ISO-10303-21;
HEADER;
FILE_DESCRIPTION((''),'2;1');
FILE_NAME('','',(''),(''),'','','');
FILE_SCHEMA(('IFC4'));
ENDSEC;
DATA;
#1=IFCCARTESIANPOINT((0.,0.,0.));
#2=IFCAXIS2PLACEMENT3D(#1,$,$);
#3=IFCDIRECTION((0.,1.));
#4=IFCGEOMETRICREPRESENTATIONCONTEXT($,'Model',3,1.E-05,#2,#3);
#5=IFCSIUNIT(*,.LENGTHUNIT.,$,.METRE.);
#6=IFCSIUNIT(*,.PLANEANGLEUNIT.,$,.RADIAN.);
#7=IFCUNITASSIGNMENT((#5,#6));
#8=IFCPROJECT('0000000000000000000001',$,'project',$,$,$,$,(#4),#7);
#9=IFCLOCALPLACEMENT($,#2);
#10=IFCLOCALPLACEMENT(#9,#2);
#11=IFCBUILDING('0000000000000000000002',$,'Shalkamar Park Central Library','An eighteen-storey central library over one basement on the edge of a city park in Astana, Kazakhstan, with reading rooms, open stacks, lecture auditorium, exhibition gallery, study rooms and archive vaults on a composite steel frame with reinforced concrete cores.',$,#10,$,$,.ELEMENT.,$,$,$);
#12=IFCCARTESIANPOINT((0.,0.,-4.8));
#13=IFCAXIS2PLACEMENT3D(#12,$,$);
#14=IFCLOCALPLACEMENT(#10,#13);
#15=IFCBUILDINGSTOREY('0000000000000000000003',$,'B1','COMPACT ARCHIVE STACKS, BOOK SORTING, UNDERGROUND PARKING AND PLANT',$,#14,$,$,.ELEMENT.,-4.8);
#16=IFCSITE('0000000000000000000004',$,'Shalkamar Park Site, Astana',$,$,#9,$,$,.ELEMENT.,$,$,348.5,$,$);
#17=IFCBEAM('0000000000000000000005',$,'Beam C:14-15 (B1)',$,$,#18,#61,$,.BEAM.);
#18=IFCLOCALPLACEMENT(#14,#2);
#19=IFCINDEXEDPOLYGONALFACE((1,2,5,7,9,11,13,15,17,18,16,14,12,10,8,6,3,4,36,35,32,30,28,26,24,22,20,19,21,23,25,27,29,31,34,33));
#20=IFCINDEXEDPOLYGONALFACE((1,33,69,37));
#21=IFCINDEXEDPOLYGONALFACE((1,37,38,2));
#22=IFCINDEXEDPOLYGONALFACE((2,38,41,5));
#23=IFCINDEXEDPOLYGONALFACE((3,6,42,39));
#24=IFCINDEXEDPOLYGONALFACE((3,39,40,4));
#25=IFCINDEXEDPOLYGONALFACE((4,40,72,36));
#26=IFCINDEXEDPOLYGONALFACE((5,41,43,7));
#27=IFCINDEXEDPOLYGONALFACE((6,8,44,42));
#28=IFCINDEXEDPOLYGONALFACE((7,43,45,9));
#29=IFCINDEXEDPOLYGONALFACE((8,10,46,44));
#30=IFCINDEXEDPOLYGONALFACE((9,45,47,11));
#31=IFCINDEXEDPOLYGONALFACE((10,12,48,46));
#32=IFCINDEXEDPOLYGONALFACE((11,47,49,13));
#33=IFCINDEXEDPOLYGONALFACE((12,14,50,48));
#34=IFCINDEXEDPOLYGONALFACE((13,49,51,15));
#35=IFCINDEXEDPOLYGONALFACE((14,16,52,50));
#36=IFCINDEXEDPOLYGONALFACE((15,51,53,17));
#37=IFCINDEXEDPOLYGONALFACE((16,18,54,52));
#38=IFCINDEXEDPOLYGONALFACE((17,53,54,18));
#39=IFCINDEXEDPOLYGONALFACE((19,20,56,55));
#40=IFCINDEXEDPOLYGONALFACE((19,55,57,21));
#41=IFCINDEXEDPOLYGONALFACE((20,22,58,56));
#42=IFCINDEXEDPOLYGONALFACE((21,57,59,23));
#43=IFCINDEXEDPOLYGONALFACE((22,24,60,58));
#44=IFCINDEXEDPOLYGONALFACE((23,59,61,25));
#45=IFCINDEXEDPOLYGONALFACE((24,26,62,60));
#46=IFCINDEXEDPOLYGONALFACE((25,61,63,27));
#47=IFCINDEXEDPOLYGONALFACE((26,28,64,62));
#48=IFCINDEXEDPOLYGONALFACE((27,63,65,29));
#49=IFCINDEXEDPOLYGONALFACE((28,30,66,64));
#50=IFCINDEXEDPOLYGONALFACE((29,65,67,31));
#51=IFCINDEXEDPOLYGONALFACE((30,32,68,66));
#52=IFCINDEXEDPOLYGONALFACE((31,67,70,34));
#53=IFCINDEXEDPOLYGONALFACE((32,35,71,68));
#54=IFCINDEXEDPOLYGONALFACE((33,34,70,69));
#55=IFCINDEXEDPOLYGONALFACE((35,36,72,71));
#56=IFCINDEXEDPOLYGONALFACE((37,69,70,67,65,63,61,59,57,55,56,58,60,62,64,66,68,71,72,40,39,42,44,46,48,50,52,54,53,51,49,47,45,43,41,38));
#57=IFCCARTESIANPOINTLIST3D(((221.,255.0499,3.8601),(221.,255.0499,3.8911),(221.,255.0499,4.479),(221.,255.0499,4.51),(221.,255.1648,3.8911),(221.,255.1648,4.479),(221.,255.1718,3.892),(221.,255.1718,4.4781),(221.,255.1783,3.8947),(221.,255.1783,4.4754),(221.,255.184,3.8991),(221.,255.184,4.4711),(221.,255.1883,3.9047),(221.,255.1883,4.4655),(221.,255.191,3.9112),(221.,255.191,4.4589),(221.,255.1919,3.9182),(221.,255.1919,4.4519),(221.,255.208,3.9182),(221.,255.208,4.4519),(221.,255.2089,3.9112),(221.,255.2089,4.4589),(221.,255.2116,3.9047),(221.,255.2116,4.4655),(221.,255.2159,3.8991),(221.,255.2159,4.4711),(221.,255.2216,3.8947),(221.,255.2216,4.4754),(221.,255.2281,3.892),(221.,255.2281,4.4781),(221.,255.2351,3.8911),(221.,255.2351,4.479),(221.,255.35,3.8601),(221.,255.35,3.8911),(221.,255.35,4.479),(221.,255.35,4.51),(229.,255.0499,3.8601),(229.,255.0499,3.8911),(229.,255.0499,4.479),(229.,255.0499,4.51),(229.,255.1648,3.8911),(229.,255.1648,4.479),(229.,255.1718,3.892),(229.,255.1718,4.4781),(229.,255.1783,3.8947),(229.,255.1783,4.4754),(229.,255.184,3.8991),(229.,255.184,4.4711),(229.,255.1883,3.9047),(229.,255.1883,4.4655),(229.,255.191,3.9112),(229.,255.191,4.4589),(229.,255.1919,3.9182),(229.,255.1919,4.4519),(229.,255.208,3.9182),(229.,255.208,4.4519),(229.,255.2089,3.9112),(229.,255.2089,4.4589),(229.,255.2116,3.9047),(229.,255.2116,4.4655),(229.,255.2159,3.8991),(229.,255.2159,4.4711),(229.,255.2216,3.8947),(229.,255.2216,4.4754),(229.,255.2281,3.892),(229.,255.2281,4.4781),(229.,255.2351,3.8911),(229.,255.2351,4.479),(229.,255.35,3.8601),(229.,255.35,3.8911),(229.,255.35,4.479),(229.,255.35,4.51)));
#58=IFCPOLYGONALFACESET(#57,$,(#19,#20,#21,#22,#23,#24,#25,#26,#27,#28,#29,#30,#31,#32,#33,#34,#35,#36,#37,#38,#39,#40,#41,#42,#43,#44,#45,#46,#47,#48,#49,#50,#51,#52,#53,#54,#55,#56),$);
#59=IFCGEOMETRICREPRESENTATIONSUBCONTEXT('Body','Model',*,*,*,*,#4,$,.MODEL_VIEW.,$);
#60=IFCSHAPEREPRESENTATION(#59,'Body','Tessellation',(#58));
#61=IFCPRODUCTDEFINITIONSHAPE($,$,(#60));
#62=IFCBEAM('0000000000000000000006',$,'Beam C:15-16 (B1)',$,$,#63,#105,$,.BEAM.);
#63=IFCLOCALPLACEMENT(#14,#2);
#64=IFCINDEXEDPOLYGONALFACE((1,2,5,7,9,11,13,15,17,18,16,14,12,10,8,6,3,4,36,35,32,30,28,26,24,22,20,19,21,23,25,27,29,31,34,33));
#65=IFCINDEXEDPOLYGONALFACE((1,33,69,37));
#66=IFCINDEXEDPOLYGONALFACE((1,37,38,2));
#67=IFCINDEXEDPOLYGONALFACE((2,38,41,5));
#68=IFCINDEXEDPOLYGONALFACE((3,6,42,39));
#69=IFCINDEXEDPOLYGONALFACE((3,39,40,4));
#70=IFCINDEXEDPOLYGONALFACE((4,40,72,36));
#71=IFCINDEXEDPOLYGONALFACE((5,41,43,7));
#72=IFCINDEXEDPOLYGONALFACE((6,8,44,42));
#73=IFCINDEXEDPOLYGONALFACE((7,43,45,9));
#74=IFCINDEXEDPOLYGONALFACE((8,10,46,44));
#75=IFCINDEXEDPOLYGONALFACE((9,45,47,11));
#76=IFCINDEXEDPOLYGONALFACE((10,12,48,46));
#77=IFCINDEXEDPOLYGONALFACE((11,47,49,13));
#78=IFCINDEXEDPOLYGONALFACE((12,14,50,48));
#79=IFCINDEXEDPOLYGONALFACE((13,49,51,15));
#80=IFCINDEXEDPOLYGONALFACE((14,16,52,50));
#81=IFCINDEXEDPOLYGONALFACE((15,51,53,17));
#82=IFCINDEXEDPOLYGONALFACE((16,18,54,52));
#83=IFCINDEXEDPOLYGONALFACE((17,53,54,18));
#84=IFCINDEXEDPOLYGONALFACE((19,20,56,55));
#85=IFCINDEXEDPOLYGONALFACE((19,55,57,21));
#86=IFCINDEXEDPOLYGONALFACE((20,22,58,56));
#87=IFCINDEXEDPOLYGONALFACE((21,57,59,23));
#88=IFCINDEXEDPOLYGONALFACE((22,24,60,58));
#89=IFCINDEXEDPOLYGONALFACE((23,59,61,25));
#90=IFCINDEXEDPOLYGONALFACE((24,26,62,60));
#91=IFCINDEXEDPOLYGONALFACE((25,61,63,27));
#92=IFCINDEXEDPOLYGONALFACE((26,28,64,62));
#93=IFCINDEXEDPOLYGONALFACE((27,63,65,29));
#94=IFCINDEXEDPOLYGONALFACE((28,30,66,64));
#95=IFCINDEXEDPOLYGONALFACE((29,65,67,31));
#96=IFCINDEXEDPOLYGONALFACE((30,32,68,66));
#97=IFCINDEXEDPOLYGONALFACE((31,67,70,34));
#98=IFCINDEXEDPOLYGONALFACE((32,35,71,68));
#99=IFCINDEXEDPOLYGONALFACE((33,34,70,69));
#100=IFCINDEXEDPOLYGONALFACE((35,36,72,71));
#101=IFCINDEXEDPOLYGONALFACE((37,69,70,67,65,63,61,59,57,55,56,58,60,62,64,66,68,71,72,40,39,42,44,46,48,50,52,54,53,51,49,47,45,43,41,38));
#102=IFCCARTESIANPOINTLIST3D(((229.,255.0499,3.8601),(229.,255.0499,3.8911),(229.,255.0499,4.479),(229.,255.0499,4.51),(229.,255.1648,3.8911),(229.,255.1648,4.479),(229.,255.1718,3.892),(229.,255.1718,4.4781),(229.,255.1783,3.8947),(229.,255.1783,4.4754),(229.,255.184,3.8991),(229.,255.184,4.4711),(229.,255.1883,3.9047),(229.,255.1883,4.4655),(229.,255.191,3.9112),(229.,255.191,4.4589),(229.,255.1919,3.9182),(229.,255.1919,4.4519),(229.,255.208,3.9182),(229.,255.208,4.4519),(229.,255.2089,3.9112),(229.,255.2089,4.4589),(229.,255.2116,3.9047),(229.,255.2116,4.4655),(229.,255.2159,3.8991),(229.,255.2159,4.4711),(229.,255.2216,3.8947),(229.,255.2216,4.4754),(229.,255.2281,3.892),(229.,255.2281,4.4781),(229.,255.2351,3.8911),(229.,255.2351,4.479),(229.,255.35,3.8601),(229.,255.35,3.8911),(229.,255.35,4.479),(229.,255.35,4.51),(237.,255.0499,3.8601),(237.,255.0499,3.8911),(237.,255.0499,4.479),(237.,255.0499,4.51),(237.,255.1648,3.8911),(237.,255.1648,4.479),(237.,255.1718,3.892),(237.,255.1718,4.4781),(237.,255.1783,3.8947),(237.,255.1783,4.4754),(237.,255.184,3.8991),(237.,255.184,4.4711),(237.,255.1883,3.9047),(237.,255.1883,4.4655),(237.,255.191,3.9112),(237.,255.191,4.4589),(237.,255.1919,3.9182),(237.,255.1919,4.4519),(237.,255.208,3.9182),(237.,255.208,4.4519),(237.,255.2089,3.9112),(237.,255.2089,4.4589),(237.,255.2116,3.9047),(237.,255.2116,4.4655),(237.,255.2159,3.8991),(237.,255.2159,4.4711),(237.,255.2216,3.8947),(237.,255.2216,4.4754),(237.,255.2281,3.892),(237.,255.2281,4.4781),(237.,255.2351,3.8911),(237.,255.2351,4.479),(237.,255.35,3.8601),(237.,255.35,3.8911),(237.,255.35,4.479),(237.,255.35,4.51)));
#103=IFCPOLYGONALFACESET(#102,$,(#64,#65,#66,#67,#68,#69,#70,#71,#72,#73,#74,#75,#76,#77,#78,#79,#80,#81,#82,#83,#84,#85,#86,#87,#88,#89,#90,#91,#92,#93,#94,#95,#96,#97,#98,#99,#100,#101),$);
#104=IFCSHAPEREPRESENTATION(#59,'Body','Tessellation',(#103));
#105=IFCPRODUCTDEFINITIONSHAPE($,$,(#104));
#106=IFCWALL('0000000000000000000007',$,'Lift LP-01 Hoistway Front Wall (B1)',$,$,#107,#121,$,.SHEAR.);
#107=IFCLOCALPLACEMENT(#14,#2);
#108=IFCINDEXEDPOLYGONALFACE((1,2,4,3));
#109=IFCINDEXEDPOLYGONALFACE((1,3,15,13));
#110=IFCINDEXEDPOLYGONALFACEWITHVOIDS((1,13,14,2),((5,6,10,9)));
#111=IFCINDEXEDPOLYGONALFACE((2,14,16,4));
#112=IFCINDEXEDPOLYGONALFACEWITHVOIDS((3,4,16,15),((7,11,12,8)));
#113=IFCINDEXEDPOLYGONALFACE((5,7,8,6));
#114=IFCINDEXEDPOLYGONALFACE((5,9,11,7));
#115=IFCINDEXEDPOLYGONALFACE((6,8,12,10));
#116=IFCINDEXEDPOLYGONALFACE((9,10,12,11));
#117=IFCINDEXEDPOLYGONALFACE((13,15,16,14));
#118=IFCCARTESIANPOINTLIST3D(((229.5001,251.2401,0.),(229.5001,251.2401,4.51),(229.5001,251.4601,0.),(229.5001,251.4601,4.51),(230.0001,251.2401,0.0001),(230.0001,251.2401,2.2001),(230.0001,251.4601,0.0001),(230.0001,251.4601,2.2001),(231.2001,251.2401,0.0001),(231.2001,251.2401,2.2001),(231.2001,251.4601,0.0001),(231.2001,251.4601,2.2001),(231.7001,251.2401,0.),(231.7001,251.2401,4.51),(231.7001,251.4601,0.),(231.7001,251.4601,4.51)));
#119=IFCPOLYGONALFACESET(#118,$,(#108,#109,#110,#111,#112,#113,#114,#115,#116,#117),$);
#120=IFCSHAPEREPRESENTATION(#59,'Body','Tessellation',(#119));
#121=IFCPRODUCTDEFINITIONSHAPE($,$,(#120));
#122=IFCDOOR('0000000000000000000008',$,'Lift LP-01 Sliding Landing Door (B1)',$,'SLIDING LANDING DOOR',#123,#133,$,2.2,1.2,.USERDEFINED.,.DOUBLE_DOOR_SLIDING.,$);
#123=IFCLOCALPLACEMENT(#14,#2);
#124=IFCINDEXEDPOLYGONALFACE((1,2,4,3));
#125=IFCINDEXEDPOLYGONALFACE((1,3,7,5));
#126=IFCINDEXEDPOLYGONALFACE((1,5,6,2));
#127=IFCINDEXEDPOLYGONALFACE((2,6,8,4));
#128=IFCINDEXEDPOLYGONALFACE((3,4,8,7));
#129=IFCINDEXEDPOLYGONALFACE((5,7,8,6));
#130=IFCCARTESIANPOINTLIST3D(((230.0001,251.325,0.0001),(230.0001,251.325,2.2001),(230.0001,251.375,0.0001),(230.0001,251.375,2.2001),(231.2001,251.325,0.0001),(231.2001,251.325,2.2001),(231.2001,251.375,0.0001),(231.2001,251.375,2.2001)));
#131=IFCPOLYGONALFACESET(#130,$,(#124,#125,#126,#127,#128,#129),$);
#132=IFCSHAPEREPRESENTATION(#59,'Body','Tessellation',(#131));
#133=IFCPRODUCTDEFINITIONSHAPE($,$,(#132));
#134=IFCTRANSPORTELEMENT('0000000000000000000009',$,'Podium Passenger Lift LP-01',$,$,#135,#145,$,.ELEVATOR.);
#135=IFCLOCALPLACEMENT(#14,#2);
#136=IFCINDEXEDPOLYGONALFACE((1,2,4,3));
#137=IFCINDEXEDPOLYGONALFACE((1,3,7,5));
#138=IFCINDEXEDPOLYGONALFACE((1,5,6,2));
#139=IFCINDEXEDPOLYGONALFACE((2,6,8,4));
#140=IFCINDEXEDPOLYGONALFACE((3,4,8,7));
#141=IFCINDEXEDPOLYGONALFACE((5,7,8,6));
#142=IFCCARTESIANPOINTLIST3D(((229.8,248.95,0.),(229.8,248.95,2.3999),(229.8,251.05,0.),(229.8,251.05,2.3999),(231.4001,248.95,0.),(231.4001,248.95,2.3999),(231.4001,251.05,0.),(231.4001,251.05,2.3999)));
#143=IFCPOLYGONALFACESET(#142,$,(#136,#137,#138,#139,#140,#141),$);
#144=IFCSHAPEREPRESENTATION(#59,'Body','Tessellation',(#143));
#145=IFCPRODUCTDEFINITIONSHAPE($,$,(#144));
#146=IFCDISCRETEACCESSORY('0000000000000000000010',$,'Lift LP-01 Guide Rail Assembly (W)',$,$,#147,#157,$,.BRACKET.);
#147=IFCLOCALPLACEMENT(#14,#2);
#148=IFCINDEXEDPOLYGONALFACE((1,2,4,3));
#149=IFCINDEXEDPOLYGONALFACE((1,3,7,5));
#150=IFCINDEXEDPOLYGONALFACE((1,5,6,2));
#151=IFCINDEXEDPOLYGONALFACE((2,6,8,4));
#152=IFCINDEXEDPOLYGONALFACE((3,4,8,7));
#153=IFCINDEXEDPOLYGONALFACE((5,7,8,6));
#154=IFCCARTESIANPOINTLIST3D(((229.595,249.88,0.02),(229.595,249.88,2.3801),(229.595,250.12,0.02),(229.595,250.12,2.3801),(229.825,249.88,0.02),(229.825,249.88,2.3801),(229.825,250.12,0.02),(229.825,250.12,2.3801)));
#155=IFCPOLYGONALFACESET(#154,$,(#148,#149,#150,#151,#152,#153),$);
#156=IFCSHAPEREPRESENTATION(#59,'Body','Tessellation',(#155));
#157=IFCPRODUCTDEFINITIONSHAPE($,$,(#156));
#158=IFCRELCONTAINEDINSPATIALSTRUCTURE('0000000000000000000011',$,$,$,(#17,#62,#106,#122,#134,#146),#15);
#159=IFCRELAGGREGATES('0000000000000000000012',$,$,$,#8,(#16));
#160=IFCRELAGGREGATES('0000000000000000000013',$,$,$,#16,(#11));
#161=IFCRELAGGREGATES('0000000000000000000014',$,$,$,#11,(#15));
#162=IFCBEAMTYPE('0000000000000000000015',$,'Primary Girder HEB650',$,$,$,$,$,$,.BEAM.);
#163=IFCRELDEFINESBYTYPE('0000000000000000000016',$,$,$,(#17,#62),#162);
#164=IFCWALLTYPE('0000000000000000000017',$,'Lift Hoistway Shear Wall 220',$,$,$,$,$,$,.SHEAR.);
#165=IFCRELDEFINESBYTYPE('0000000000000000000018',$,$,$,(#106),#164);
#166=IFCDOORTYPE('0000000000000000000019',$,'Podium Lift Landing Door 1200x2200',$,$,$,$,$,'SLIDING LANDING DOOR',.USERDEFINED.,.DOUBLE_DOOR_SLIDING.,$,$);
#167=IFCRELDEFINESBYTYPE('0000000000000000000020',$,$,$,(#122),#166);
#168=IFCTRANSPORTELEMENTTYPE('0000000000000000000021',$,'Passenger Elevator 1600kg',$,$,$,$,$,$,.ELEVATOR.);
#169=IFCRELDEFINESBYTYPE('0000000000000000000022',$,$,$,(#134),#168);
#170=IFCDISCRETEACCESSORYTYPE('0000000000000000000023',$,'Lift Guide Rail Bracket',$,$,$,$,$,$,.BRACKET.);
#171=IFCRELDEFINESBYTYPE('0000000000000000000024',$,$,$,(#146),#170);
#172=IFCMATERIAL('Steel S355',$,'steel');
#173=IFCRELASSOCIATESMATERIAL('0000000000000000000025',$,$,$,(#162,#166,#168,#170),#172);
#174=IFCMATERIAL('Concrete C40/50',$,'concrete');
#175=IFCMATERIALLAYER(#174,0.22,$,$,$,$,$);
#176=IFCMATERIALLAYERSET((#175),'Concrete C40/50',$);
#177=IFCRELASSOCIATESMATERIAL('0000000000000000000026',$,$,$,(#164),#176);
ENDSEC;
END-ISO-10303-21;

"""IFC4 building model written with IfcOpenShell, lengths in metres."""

from ifc_helpers import new_model, si_unit, direction, frame, frame_2d, origin, origin_2d, place, context, subcontext, project, spatial, rectangle, i_section, extrude, material, layer, layer_set, material_profile, profile_set, type_object, element, fill, save


model = new_model("IFC4")

# Units and contexts
model_context = context("Model", 3, precision=1e-05, world=origin(), true_north=direction((0.0, 1.0)))
body_context = subcontext(model_context, "Body", "Model", "MODEL_VIEW")
ifc_project = project(units=[si_unit("LENGTHUNIT", "METRE"), si_unit("PLANEANGLEUNIT", "RADIAN")], contexts=[model_context])

# Site, building, storey
site_placement = place(None, origin())
site = spatial("IfcSite", under=ifc_project, at=site_placement, Name="Shalkamar Park Site, Astana", CompositionType="ELEMENT", RefElevation=348.5)
building_placement = place(site_placement, origin())
building = spatial("IfcBuilding", under=site, at=building_placement, Name="Shalkamar Park Central Library", Description="An eighteen-storey central library over one basement on the edge of a city park in Astana, Kazakhstan, with reading rooms, open stacks, lecture auditorium, exhibition gallery, study rooms and archive vaults on a composite steel frame with reinforced concrete cores.", CompositionType="ELEMENT")
storey_placement = place(building_placement, frame((0.0, 0.0, -4.8)))
storey = spatial("IfcBuildingStorey", under=building, at=storey_placement, Name="B1", Description="COMPACT ARCHIVE STACKS, BOOK SORTING, UNDERGROUND PARKING AND PLANT", CompositionType="ELEMENT", Elevation=-4.8)

# Shared definitions
ifc_material_1 = material(Name="Concrete C40/50", Category="concrete")
ifc_material_2 = material(Name="Steel S355", Category="steel")

# Beams
ifc_material_profile_1 = material_profile(ifc_material_2, i_section(OverallWidth=0.3, OverallDepth=0.6499, WebThickness=0.0161, FlangeThickness=0.031, FilletRadius=0.0271, at=origin_2d()), Name="HEB 650")
ifc_profile_set_1 = profile_set([ifc_material_profile_1], Name="Steel S355")
beam_type_1 = type_object("IfcBeamType", Name="Primary Girder HEB650", PredefinedType="BEAM", material=ifc_profile_set_1)
for number, where, z_axis, x_axis, name in (
    (1, (221.0, 255.2, 4.1851), (1.0, 0.0, 0.0), (0.0, 1.0, 0.0), "Beam C:14-15 (B1)"),
    (2, (229.0, 255.2, 4.1851), (1.0, 0.0, 0.0), (0.0, 1.0, 0.0), "Beam C:15-16 (B1)"),
):
    element("IfcBeam", number, at=place(storey_placement, frame(where, z_axis=z_axis, x_axis=x_axis)), inside=storey, type_object=beam_type_1, Name=name, PredefinedType="BEAM", context=body_context, shape_type="SweptSolid", body=[
        extrude(i_section(OverallWidth=0.3, OverallDepth=0.6499, WebThickness=0.0161, FlangeThickness=0.031, FilletRadius=0.0271, at=origin_2d()), origin(), (0.0, 0.0, 1.0), 8.0),
    ])

# Wall, opening, door
ifc_layer_1 = layer(ifc_material_1, 0.22)
ifc_layer_set_1 = layer_set([ifc_layer_1], Name="Concrete C40/50")
wall_type_1 = type_object("IfcWallType", Name="Lift Hoistway Shear Wall 220", PredefinedType="SHEAR", material=ifc_layer_set_1)
wall_1_placement = place(storey_placement, frame((229.5, 251.3501, 0.0), z_axis=(0.0, 0.0, 1.0), x_axis=(1.0, 0.0, 0.0)))
wall_1 = element("IfcWall", 3, at=wall_1_placement, inside=storey, type_object=wall_type_1, Name="Lift LP-01 Hoistway Front Wall (B1)", PredefinedType="SHEAR", context=body_context, shape_type="SweptSolid", body=[
    extrude(rectangle(XDim=2.2, YDim=0.22, at=frame_2d((1.1001, 0.0))), origin(), (0.0, 0.0, 1.0), 4.51),
])
opening_1_placement = place(wall_1_placement, frame((0.5, 0.0, 0.0)))
opening_1 = element("IfcOpeningElement", 4, at=opening_1_placement, cuts=wall_1, PredefinedType="OPENING", context=body_context, shape_type="SweptSolid", body=[
    extrude(rectangle(XDim=1.2, YDim=2.2, at=frame_2d((0.6001, 1.1001))), frame((0.0, 0.125, 0.0), z_axis=(0.0, -1.0, 0.0), x_axis=(1.0, 0.0, 0.0)), (0.0, 0.0, 1.0), 0.2498),
])
door_type_1 = type_object("IfcDoorType", Name="Podium Lift Landing Door 1200x2200", ElementType="SLIDING LANDING DOOR", OperationType="DOUBLE_DOOR_SLIDING", PredefinedType="USERDEFINED", material=ifc_material_2)
door_1_placement = place(opening_1_placement, origin())
door_1 = element("IfcDoor", 5, at=door_1_placement, inside=storey, type_object=door_type_1, Name="Lift LP-01 Sliding Landing Door (B1)", ObjectType="SLIDING LANDING DOOR", OperationType="DOUBLE_DOOR_SLIDING", OverallHeight=2.2, OverallWidth=1.2, PredefinedType="USERDEFINED", context=body_context, shape_type="SweptSolid", body=[
    extrude(rectangle(XDim=1.2, YDim=2.2, at=frame_2d((0.6001, 1.1001))), frame((0.0, 0.0249, 0.0), z_axis=(0.0, -1.0, 0.0), x_axis=(1.0, 0.0, 0.0)), (0.0, 0.0, 1.0), 0.05),
])
fill(opening_1, door_1)

# Transport element
transport_element_type = type_object("IfcTransportElementType", Name="Passenger Elevator 1600kg", PredefinedType="ELEVATOR", material=ifc_material_2)
transport_element_placement = place(storey_placement, frame((230.6001, 250.0, 0.0), z_axis=(0.0, 0.0, 1.0), x_axis=(1.0, 0.0, 0.0)))
element("IfcTransportElement", 6, at=transport_element_placement, inside=storey, type_object=transport_element_type, Name="Podium Passenger Lift LP-01", PredefinedType="ELEVATOR", context=body_context, shape_type="SweptSolid", body=[
    extrude(rectangle(XDim=1.6001, YDim=2.1001, at=origin_2d()), origin(), (0.0, 0.0, 1.0), 2.3999),
])

# Discrete accessory
discrete_accessory_type = type_object("IfcDiscreteAccessoryType", Name="Lift Guide Rail Bracket", PredefinedType="BRACKET", material=ifc_material_2)
discrete_accessory_placement = place(storey_placement, frame((229.71, 250.0, 0.02), z_axis=(0.0, 0.0, 1.0), x_axis=(1.0, 0.0, 0.0)))
element("IfcDiscreteAccessory", 7, at=discrete_accessory_placement, inside=storey, type_object=discrete_accessory_type, Name="Lift LP-01 Guide Rail Assembly (W)", PredefinedType="BRACKET", context=body_context, shape_type="SweptSolid", body=[
    extrude(rectangle(XDim=0.23, YDim=0.24, at=origin_2d()), origin(), (0.0, 0.0, 1.0), 2.3601),
])

save(model, "model.ifc")
